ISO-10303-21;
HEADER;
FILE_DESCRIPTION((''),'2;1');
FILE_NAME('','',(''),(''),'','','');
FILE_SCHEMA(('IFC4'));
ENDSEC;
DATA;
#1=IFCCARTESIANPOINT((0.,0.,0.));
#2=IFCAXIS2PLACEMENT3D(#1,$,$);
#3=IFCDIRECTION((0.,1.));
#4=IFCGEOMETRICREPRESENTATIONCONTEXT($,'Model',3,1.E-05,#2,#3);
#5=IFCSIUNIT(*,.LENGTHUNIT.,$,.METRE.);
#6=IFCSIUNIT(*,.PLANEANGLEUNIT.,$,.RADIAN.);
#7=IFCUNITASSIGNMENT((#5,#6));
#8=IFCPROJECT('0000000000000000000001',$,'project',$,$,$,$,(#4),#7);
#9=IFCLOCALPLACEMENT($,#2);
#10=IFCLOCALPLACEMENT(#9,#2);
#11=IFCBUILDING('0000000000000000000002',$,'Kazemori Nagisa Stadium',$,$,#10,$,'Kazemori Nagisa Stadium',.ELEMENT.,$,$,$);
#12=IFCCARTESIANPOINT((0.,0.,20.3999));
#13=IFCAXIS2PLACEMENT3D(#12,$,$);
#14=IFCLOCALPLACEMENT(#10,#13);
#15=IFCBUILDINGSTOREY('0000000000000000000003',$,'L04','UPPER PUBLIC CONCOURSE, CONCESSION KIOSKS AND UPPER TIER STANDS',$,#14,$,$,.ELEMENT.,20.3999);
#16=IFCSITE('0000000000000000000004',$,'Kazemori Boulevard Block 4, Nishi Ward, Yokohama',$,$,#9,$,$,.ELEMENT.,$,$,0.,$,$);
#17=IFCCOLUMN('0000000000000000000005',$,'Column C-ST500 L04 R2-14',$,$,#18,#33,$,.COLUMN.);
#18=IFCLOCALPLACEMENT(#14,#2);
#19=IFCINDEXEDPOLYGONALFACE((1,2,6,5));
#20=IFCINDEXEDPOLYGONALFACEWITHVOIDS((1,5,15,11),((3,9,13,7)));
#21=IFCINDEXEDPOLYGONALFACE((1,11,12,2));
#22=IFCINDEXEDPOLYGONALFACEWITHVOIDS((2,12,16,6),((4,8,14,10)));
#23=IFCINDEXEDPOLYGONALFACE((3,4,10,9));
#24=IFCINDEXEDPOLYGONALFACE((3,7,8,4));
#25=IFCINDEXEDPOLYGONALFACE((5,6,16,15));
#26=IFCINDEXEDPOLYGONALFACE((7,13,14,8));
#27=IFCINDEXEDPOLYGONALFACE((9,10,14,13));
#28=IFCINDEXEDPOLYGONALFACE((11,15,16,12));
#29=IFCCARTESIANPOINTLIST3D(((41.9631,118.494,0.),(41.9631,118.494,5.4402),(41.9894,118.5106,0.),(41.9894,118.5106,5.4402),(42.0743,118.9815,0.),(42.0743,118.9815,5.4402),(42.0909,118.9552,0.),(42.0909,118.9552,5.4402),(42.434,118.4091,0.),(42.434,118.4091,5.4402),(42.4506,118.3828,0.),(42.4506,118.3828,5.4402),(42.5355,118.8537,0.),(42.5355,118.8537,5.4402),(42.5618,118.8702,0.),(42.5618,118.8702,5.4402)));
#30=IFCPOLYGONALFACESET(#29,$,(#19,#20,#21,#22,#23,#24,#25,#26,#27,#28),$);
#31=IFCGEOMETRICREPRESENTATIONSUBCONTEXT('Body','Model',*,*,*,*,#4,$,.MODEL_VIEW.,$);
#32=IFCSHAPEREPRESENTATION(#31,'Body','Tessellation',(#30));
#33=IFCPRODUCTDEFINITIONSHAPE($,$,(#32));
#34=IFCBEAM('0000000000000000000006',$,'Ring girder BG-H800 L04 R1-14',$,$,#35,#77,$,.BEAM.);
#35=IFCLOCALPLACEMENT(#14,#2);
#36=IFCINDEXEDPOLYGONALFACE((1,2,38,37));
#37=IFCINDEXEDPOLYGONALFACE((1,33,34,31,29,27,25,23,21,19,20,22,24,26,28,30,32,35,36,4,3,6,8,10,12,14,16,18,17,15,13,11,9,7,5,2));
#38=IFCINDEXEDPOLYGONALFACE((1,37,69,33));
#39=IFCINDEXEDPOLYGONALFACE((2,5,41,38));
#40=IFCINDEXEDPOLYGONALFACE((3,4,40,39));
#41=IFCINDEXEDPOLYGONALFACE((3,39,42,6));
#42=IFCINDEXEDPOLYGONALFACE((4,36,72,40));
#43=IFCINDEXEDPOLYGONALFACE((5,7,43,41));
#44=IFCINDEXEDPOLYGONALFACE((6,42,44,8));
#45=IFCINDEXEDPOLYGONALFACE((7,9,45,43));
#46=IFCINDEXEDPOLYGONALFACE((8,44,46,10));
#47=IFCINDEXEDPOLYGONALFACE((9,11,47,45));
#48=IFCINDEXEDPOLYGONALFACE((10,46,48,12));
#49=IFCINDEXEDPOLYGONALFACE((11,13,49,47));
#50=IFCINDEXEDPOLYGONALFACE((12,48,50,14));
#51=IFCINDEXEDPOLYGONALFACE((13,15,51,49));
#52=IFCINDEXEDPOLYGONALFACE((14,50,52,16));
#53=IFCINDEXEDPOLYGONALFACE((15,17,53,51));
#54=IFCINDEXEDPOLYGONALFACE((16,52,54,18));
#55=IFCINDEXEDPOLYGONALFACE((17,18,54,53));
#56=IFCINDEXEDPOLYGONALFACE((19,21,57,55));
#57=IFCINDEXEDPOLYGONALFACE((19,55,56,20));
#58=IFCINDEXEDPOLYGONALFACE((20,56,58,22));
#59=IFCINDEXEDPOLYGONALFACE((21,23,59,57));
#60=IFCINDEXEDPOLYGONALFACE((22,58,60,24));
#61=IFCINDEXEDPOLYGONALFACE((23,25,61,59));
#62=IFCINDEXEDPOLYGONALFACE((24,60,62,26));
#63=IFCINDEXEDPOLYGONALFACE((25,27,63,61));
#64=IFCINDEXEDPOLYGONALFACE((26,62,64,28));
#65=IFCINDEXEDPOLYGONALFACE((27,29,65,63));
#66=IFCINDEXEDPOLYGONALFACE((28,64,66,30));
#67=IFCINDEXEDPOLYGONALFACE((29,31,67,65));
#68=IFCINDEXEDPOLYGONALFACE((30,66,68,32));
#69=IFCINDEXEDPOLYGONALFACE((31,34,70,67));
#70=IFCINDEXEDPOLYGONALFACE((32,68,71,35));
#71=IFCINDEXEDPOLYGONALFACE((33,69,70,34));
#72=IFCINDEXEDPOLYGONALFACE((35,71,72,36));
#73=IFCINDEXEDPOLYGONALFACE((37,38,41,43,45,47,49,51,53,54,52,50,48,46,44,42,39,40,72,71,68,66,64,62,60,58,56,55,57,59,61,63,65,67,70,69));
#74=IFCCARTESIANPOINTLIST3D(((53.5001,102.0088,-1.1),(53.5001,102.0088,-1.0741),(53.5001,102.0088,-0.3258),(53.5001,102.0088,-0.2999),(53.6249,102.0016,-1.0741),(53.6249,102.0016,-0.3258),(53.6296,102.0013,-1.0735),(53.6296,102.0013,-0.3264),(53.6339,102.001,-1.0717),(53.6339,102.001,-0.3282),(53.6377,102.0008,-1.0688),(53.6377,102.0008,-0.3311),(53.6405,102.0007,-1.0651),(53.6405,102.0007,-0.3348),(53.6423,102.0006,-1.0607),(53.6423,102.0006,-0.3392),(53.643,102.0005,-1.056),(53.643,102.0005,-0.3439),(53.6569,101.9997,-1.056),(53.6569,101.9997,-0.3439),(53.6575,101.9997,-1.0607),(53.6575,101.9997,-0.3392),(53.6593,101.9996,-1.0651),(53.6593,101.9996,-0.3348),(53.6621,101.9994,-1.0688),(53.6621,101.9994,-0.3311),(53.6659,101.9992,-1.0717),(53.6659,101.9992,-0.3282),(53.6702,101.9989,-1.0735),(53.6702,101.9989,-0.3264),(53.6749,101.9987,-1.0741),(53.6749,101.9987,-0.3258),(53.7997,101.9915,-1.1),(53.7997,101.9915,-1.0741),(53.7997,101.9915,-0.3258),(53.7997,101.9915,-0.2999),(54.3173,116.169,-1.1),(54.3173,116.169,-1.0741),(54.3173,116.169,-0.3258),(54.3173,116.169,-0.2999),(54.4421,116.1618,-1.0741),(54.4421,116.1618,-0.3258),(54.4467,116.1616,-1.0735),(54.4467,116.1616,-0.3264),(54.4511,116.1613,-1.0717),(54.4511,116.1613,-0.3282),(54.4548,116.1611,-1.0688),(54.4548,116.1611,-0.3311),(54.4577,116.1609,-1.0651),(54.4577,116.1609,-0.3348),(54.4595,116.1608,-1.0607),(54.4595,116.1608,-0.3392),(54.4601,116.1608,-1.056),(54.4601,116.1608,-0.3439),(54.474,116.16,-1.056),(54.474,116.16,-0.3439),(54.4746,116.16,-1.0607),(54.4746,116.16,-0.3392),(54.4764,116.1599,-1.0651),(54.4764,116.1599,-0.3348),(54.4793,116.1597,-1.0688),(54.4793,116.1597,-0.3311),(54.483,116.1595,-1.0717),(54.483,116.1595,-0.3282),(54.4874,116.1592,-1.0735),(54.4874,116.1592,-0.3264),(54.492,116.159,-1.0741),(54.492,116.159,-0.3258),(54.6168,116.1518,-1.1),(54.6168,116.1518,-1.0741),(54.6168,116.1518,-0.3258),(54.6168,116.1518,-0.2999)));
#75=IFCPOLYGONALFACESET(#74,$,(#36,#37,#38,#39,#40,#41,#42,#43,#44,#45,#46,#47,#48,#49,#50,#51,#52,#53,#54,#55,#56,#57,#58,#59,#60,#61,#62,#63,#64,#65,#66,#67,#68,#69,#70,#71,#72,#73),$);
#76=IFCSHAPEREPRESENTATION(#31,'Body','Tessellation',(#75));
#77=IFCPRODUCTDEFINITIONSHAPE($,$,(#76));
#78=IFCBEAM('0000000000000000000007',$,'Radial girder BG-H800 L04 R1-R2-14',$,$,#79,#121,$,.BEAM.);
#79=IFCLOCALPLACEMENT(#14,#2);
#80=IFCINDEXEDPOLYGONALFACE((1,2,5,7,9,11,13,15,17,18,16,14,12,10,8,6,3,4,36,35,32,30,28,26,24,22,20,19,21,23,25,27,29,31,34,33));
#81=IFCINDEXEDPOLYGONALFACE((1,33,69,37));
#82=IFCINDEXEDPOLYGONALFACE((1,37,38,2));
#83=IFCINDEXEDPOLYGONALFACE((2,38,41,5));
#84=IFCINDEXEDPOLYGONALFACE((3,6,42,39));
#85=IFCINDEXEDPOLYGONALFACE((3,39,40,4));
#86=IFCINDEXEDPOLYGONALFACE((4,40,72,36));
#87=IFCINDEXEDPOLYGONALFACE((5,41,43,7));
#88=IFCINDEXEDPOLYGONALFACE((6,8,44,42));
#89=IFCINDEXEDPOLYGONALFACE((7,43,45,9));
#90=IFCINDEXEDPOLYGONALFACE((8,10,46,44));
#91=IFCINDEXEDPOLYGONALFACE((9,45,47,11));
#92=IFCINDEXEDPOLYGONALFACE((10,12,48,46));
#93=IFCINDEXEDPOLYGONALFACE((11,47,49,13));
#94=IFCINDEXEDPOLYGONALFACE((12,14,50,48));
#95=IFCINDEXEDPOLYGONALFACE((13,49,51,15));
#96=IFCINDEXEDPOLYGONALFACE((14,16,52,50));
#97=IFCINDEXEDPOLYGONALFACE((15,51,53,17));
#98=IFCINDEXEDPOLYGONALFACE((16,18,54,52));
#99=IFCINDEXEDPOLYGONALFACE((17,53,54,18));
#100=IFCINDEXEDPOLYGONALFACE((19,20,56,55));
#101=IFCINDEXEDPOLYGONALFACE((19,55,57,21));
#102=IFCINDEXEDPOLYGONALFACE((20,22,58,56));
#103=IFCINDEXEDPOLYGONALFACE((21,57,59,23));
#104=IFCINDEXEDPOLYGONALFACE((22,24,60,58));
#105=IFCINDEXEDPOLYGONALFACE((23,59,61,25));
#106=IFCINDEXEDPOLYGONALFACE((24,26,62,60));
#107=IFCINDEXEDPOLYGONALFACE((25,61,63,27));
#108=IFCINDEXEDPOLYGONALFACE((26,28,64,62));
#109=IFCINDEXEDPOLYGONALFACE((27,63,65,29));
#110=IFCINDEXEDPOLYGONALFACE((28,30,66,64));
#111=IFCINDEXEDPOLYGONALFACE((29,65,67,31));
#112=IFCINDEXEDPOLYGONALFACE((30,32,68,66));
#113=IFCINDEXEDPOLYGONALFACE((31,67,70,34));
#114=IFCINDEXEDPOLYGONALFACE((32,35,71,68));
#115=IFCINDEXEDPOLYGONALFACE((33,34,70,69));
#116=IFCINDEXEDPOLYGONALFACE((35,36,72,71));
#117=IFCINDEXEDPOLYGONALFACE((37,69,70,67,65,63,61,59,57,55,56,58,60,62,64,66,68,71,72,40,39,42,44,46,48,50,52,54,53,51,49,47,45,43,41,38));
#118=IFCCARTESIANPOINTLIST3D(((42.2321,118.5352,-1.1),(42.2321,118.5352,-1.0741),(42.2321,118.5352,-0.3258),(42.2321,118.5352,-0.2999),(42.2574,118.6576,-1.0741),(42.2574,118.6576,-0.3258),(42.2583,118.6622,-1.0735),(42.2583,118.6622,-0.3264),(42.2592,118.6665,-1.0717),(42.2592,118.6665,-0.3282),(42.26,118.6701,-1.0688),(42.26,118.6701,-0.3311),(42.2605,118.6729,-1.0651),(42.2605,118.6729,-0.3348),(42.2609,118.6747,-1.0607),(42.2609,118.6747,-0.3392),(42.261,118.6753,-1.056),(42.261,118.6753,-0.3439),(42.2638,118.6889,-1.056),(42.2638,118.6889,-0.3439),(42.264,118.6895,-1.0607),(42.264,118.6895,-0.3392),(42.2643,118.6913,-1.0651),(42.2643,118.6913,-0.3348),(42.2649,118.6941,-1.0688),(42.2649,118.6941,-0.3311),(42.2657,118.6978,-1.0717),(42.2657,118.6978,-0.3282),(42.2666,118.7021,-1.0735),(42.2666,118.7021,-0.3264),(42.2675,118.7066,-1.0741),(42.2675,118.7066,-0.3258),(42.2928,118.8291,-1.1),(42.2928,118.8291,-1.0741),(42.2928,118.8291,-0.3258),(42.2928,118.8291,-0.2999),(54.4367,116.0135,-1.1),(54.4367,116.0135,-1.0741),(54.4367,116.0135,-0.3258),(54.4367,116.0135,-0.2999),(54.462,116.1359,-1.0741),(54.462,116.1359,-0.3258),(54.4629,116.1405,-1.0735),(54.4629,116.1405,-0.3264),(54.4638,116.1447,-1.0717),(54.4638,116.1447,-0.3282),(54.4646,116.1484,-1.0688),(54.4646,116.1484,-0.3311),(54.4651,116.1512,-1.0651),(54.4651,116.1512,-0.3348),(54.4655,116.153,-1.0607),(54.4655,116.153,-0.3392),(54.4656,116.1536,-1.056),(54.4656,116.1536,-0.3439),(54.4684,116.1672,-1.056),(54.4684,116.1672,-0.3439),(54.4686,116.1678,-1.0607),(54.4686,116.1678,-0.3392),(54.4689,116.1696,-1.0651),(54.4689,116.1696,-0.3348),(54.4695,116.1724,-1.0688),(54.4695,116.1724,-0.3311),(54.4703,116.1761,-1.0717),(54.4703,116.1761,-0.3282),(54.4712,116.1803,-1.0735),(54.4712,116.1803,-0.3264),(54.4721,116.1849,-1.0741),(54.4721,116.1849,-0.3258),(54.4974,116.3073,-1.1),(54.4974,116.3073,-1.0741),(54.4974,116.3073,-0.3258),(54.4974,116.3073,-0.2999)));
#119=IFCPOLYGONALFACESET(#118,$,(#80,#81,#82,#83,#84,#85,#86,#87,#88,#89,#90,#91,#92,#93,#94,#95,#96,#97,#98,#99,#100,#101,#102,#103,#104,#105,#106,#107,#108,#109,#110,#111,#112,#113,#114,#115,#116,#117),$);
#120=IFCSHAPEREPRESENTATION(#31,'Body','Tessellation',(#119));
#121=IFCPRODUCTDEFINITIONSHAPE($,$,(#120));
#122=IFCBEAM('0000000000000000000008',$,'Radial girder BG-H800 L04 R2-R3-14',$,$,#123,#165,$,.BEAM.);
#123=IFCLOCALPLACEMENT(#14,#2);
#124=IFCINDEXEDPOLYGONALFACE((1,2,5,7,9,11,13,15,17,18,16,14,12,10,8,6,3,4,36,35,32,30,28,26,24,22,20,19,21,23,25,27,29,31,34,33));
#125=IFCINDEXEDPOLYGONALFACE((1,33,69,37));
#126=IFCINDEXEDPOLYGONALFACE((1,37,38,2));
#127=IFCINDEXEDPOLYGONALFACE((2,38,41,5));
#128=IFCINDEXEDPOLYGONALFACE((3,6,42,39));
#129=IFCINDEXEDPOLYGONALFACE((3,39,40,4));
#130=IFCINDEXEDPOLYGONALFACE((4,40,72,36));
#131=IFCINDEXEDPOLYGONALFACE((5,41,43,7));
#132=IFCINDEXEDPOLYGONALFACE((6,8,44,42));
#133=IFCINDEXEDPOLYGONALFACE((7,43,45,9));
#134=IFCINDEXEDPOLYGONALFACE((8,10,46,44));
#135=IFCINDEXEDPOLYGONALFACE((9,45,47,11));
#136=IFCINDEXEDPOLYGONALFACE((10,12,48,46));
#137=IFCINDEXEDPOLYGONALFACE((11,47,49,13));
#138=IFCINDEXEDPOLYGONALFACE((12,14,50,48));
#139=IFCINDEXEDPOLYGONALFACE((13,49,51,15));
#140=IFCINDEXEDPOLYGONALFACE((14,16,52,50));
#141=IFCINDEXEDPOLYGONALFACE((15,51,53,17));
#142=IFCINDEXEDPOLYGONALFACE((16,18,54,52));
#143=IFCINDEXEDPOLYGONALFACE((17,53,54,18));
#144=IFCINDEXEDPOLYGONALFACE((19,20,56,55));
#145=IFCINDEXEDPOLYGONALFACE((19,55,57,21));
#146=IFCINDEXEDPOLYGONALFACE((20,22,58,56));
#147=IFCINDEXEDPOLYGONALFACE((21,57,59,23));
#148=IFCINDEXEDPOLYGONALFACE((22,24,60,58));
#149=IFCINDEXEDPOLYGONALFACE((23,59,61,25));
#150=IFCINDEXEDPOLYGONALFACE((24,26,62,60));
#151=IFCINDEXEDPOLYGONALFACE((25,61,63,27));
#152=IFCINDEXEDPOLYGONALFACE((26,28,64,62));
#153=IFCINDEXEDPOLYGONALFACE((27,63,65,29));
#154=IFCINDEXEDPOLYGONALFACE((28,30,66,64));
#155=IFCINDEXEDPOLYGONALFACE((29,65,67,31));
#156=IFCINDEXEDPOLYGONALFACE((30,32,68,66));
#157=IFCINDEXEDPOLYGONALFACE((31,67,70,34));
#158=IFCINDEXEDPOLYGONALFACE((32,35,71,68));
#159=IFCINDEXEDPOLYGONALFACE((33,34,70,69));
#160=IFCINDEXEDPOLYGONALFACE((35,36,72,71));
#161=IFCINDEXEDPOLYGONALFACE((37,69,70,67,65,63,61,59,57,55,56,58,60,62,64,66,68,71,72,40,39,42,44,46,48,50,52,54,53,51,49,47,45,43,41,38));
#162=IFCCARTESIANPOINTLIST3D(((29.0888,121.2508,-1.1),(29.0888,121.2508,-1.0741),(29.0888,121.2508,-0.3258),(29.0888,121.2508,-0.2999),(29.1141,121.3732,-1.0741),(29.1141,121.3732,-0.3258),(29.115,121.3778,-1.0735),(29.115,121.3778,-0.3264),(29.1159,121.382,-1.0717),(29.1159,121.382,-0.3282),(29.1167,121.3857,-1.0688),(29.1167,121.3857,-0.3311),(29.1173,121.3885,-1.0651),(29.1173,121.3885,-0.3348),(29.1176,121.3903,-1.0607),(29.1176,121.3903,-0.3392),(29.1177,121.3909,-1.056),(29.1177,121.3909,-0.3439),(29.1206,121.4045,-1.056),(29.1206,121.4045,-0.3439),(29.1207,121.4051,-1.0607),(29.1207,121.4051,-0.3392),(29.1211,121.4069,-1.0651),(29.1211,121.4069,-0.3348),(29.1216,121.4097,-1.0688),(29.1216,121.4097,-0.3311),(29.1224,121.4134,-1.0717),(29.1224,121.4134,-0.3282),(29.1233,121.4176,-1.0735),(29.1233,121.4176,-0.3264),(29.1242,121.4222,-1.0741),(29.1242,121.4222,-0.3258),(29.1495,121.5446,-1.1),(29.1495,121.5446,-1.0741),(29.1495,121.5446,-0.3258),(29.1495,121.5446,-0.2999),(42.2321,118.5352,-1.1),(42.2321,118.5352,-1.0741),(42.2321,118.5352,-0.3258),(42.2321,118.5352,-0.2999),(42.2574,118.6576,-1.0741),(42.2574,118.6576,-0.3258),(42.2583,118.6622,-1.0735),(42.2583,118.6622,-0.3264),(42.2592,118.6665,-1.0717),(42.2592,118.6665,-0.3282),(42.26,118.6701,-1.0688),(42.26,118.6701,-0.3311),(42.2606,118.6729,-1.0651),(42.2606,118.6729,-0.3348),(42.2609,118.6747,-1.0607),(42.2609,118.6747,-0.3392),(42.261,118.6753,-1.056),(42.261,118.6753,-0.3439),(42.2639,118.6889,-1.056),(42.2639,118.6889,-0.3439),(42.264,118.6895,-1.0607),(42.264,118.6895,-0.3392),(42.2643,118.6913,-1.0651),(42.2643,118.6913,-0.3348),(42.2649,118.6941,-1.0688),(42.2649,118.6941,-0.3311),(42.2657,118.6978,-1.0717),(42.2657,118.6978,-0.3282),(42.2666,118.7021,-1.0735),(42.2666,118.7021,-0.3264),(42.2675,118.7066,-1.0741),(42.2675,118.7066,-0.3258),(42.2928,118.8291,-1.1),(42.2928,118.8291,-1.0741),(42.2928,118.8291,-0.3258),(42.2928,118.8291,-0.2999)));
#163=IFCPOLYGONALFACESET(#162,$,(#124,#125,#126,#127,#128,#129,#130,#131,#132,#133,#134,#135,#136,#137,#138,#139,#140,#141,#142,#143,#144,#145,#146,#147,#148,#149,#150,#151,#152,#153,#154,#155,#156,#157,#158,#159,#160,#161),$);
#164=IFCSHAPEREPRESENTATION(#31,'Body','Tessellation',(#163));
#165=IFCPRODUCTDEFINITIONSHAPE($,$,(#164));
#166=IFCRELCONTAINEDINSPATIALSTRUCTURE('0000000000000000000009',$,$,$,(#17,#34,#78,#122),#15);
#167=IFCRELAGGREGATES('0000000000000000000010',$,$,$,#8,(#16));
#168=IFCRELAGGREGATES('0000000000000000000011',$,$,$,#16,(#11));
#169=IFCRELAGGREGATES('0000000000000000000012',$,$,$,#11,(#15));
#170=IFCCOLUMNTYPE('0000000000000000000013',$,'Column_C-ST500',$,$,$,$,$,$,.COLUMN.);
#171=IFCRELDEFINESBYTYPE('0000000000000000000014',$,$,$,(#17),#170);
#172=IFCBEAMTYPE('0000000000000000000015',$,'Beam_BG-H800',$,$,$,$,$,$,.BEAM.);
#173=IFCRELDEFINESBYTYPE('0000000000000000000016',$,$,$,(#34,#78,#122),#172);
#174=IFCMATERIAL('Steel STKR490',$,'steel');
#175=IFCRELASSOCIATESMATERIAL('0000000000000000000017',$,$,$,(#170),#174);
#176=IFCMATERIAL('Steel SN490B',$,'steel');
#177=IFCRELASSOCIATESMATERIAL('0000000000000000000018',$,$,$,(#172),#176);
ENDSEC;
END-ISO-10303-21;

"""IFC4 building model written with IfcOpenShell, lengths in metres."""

from ifc_helpers import new_model, si_unit, direction, frame, origin, origin_2d, place, context, subcontext, project, spatial, hollow_rectangle, i_section, extrude, material, material_profile, profile_set, type_object, element, save


model = new_model("IFC4")

# Units and contexts
model_context = context("Model", 3, precision=1e-05, world=origin(), true_north=direction((0.0, 1.0)))
body_context = subcontext(model_context, "Body", "Model", "MODEL_VIEW")
ifc_project = project(units=[si_unit("LENGTHUNIT", "METRE"), si_unit("PLANEANGLEUNIT", "RADIAN")], contexts=[model_context])

# Site, building, storey
site_placement = place(None, origin())
site = spatial("IfcSite", under=ifc_project, at=site_placement, Name="Kazemori Boulevard Block 4, Nishi Ward, Yokohama", CompositionType="ELEMENT", RefElevation=0.0)
building_placement = place(site_placement, origin())
building = spatial("IfcBuilding", under=site, at=building_placement, Name="Kazemori Nagisa Stadium", LongName="Kazemori Nagisa Stadium", CompositionType="ELEMENT")
storey_placement = place(building_placement, frame((0.0, 0.0, 20.3999)))
storey = spatial("IfcBuildingStorey", under=building, at=storey_placement, Name="L04", Description="UPPER PUBLIC CONCOURSE, CONCESSION KIOSKS AND UPPER TIER STANDS", CompositionType="ELEMENT", Elevation=20.3999)

# Column
ifc_material_1 = material(Name="Steel STKR490", Category="steel")
ifc_material_profile_1 = material_profile(ifc_material_1, hollow_rectangle(XDim=0.5, YDim=0.5, WallThickness=0.022, at=origin_2d()), Name="SHS-500x500x22")
ifc_profile_set_1 = profile_set([ifc_material_profile_1], Name="Steel STKR490")
column_type = type_object("IfcColumnType", Name="Column_C-ST500", PredefinedType="COLUMN", material=ifc_profile_set_1)
column_placement = place(storey_placement, frame((42.2625, 118.6821, 0.0), z_axis=(0.0, 0.0, 1.0), x_axis=(-0.974928, 0.222521, 0.0)))
element("IfcColumn", 1, at=column_placement, inside=storey, type_object=column_type, Name="Column C-ST500 L04 R2-14", PredefinedType="COLUMN", context=body_context, shape_type="SweptSolid", body=[
    extrude(hollow_rectangle(XDim=0.5, YDim=0.5, WallThickness=0.022, at=origin_2d()), origin(), (0.0, 0.0, 1.0), 5.4402),
])

# Beams
ifc_material_2 = material(Name="Steel SN490B", Category="steel")
ifc_material_profile_2 = material_profile(ifc_material_2, i_section(OverallWidth=0.3, OverallDepth=0.8, WebThickness=0.0139, FlangeThickness=0.0259, FilletRadius=0.0181, at=origin_2d()), Name="H-800x300x14x26")
ifc_profile_set_2 = profile_set([ifc_material_profile_2], Name="Steel SN490B")
beam_type_1 = type_object("IfcBeamType", Name="Beam_BG-H800", PredefinedType="BEAM", material=ifc_profile_set_2)
beam_1_placement = place(storey_placement, frame((54.467, 116.1604, -0.7), z_axis=(-0.05761, -0.998339, 0.0), x_axis=(0.998339, -0.05761, 0.0)))
element("IfcBeam", 2, at=beam_1_placement, inside=storey, type_object=beam_type_1, Name="Ring girder BG-H800 L04 R1-14", PredefinedType="BEAM", context=body_context, shape_type="SweptSolid", body=[
    extrude(i_section(OverallWidth=0.3, OverallDepth=0.8, WebThickness=0.0139, FlangeThickness=0.0259, FilletRadius=0.0181, at=origin_2d()), origin(), (0.0, 0.0, 1.0), 14.1838),
])
beam_2_placement = place(storey_placement, frame((54.467, 116.1604, -0.7), z_axis=(-0.979314, 0.202347, 0.0), x_axis=(-0.202347, -0.979314, 0.0)))
element("IfcBeam", 3, at=beam_2_placement, inside=storey, type_object=beam_type_1, Name="Radial girder BG-H800 L04 R1-R2-14", PredefinedType="BEAM", context=body_context, shape_type="SweptSolid", body=[
    extrude(i_section(OverallWidth=0.3, OverallDepth=0.8, WebThickness=0.0139, FlangeThickness=0.0259, FilletRadius=0.0181, at=origin_2d()), origin(), (0.0, 0.0, 1.0), 12.4624),
])
beam_3_placement = place(storey_placement, frame((42.2625, 118.6821, -0.7), z_axis=(-0.979316, 0.202339, 0.0), x_axis=(-0.202339, -0.979316, 0.0)))
element("IfcBeam", 4, at=beam_3_placement, inside=storey, type_object=beam_type_1, Name="Radial girder BG-H800 L04 R2-R3-14", PredefinedType="BEAM", context=body_context, shape_type="SweptSolid", body=[
    extrude(i_section(OverallWidth=0.3, OverallDepth=0.8, WebThickness=0.0139, FlangeThickness=0.0259, FilletRadius=0.0181, at=origin_2d()), origin(), (0.0, 0.0, 1.0), 13.4209),
])

save(model, "model.ifc")
